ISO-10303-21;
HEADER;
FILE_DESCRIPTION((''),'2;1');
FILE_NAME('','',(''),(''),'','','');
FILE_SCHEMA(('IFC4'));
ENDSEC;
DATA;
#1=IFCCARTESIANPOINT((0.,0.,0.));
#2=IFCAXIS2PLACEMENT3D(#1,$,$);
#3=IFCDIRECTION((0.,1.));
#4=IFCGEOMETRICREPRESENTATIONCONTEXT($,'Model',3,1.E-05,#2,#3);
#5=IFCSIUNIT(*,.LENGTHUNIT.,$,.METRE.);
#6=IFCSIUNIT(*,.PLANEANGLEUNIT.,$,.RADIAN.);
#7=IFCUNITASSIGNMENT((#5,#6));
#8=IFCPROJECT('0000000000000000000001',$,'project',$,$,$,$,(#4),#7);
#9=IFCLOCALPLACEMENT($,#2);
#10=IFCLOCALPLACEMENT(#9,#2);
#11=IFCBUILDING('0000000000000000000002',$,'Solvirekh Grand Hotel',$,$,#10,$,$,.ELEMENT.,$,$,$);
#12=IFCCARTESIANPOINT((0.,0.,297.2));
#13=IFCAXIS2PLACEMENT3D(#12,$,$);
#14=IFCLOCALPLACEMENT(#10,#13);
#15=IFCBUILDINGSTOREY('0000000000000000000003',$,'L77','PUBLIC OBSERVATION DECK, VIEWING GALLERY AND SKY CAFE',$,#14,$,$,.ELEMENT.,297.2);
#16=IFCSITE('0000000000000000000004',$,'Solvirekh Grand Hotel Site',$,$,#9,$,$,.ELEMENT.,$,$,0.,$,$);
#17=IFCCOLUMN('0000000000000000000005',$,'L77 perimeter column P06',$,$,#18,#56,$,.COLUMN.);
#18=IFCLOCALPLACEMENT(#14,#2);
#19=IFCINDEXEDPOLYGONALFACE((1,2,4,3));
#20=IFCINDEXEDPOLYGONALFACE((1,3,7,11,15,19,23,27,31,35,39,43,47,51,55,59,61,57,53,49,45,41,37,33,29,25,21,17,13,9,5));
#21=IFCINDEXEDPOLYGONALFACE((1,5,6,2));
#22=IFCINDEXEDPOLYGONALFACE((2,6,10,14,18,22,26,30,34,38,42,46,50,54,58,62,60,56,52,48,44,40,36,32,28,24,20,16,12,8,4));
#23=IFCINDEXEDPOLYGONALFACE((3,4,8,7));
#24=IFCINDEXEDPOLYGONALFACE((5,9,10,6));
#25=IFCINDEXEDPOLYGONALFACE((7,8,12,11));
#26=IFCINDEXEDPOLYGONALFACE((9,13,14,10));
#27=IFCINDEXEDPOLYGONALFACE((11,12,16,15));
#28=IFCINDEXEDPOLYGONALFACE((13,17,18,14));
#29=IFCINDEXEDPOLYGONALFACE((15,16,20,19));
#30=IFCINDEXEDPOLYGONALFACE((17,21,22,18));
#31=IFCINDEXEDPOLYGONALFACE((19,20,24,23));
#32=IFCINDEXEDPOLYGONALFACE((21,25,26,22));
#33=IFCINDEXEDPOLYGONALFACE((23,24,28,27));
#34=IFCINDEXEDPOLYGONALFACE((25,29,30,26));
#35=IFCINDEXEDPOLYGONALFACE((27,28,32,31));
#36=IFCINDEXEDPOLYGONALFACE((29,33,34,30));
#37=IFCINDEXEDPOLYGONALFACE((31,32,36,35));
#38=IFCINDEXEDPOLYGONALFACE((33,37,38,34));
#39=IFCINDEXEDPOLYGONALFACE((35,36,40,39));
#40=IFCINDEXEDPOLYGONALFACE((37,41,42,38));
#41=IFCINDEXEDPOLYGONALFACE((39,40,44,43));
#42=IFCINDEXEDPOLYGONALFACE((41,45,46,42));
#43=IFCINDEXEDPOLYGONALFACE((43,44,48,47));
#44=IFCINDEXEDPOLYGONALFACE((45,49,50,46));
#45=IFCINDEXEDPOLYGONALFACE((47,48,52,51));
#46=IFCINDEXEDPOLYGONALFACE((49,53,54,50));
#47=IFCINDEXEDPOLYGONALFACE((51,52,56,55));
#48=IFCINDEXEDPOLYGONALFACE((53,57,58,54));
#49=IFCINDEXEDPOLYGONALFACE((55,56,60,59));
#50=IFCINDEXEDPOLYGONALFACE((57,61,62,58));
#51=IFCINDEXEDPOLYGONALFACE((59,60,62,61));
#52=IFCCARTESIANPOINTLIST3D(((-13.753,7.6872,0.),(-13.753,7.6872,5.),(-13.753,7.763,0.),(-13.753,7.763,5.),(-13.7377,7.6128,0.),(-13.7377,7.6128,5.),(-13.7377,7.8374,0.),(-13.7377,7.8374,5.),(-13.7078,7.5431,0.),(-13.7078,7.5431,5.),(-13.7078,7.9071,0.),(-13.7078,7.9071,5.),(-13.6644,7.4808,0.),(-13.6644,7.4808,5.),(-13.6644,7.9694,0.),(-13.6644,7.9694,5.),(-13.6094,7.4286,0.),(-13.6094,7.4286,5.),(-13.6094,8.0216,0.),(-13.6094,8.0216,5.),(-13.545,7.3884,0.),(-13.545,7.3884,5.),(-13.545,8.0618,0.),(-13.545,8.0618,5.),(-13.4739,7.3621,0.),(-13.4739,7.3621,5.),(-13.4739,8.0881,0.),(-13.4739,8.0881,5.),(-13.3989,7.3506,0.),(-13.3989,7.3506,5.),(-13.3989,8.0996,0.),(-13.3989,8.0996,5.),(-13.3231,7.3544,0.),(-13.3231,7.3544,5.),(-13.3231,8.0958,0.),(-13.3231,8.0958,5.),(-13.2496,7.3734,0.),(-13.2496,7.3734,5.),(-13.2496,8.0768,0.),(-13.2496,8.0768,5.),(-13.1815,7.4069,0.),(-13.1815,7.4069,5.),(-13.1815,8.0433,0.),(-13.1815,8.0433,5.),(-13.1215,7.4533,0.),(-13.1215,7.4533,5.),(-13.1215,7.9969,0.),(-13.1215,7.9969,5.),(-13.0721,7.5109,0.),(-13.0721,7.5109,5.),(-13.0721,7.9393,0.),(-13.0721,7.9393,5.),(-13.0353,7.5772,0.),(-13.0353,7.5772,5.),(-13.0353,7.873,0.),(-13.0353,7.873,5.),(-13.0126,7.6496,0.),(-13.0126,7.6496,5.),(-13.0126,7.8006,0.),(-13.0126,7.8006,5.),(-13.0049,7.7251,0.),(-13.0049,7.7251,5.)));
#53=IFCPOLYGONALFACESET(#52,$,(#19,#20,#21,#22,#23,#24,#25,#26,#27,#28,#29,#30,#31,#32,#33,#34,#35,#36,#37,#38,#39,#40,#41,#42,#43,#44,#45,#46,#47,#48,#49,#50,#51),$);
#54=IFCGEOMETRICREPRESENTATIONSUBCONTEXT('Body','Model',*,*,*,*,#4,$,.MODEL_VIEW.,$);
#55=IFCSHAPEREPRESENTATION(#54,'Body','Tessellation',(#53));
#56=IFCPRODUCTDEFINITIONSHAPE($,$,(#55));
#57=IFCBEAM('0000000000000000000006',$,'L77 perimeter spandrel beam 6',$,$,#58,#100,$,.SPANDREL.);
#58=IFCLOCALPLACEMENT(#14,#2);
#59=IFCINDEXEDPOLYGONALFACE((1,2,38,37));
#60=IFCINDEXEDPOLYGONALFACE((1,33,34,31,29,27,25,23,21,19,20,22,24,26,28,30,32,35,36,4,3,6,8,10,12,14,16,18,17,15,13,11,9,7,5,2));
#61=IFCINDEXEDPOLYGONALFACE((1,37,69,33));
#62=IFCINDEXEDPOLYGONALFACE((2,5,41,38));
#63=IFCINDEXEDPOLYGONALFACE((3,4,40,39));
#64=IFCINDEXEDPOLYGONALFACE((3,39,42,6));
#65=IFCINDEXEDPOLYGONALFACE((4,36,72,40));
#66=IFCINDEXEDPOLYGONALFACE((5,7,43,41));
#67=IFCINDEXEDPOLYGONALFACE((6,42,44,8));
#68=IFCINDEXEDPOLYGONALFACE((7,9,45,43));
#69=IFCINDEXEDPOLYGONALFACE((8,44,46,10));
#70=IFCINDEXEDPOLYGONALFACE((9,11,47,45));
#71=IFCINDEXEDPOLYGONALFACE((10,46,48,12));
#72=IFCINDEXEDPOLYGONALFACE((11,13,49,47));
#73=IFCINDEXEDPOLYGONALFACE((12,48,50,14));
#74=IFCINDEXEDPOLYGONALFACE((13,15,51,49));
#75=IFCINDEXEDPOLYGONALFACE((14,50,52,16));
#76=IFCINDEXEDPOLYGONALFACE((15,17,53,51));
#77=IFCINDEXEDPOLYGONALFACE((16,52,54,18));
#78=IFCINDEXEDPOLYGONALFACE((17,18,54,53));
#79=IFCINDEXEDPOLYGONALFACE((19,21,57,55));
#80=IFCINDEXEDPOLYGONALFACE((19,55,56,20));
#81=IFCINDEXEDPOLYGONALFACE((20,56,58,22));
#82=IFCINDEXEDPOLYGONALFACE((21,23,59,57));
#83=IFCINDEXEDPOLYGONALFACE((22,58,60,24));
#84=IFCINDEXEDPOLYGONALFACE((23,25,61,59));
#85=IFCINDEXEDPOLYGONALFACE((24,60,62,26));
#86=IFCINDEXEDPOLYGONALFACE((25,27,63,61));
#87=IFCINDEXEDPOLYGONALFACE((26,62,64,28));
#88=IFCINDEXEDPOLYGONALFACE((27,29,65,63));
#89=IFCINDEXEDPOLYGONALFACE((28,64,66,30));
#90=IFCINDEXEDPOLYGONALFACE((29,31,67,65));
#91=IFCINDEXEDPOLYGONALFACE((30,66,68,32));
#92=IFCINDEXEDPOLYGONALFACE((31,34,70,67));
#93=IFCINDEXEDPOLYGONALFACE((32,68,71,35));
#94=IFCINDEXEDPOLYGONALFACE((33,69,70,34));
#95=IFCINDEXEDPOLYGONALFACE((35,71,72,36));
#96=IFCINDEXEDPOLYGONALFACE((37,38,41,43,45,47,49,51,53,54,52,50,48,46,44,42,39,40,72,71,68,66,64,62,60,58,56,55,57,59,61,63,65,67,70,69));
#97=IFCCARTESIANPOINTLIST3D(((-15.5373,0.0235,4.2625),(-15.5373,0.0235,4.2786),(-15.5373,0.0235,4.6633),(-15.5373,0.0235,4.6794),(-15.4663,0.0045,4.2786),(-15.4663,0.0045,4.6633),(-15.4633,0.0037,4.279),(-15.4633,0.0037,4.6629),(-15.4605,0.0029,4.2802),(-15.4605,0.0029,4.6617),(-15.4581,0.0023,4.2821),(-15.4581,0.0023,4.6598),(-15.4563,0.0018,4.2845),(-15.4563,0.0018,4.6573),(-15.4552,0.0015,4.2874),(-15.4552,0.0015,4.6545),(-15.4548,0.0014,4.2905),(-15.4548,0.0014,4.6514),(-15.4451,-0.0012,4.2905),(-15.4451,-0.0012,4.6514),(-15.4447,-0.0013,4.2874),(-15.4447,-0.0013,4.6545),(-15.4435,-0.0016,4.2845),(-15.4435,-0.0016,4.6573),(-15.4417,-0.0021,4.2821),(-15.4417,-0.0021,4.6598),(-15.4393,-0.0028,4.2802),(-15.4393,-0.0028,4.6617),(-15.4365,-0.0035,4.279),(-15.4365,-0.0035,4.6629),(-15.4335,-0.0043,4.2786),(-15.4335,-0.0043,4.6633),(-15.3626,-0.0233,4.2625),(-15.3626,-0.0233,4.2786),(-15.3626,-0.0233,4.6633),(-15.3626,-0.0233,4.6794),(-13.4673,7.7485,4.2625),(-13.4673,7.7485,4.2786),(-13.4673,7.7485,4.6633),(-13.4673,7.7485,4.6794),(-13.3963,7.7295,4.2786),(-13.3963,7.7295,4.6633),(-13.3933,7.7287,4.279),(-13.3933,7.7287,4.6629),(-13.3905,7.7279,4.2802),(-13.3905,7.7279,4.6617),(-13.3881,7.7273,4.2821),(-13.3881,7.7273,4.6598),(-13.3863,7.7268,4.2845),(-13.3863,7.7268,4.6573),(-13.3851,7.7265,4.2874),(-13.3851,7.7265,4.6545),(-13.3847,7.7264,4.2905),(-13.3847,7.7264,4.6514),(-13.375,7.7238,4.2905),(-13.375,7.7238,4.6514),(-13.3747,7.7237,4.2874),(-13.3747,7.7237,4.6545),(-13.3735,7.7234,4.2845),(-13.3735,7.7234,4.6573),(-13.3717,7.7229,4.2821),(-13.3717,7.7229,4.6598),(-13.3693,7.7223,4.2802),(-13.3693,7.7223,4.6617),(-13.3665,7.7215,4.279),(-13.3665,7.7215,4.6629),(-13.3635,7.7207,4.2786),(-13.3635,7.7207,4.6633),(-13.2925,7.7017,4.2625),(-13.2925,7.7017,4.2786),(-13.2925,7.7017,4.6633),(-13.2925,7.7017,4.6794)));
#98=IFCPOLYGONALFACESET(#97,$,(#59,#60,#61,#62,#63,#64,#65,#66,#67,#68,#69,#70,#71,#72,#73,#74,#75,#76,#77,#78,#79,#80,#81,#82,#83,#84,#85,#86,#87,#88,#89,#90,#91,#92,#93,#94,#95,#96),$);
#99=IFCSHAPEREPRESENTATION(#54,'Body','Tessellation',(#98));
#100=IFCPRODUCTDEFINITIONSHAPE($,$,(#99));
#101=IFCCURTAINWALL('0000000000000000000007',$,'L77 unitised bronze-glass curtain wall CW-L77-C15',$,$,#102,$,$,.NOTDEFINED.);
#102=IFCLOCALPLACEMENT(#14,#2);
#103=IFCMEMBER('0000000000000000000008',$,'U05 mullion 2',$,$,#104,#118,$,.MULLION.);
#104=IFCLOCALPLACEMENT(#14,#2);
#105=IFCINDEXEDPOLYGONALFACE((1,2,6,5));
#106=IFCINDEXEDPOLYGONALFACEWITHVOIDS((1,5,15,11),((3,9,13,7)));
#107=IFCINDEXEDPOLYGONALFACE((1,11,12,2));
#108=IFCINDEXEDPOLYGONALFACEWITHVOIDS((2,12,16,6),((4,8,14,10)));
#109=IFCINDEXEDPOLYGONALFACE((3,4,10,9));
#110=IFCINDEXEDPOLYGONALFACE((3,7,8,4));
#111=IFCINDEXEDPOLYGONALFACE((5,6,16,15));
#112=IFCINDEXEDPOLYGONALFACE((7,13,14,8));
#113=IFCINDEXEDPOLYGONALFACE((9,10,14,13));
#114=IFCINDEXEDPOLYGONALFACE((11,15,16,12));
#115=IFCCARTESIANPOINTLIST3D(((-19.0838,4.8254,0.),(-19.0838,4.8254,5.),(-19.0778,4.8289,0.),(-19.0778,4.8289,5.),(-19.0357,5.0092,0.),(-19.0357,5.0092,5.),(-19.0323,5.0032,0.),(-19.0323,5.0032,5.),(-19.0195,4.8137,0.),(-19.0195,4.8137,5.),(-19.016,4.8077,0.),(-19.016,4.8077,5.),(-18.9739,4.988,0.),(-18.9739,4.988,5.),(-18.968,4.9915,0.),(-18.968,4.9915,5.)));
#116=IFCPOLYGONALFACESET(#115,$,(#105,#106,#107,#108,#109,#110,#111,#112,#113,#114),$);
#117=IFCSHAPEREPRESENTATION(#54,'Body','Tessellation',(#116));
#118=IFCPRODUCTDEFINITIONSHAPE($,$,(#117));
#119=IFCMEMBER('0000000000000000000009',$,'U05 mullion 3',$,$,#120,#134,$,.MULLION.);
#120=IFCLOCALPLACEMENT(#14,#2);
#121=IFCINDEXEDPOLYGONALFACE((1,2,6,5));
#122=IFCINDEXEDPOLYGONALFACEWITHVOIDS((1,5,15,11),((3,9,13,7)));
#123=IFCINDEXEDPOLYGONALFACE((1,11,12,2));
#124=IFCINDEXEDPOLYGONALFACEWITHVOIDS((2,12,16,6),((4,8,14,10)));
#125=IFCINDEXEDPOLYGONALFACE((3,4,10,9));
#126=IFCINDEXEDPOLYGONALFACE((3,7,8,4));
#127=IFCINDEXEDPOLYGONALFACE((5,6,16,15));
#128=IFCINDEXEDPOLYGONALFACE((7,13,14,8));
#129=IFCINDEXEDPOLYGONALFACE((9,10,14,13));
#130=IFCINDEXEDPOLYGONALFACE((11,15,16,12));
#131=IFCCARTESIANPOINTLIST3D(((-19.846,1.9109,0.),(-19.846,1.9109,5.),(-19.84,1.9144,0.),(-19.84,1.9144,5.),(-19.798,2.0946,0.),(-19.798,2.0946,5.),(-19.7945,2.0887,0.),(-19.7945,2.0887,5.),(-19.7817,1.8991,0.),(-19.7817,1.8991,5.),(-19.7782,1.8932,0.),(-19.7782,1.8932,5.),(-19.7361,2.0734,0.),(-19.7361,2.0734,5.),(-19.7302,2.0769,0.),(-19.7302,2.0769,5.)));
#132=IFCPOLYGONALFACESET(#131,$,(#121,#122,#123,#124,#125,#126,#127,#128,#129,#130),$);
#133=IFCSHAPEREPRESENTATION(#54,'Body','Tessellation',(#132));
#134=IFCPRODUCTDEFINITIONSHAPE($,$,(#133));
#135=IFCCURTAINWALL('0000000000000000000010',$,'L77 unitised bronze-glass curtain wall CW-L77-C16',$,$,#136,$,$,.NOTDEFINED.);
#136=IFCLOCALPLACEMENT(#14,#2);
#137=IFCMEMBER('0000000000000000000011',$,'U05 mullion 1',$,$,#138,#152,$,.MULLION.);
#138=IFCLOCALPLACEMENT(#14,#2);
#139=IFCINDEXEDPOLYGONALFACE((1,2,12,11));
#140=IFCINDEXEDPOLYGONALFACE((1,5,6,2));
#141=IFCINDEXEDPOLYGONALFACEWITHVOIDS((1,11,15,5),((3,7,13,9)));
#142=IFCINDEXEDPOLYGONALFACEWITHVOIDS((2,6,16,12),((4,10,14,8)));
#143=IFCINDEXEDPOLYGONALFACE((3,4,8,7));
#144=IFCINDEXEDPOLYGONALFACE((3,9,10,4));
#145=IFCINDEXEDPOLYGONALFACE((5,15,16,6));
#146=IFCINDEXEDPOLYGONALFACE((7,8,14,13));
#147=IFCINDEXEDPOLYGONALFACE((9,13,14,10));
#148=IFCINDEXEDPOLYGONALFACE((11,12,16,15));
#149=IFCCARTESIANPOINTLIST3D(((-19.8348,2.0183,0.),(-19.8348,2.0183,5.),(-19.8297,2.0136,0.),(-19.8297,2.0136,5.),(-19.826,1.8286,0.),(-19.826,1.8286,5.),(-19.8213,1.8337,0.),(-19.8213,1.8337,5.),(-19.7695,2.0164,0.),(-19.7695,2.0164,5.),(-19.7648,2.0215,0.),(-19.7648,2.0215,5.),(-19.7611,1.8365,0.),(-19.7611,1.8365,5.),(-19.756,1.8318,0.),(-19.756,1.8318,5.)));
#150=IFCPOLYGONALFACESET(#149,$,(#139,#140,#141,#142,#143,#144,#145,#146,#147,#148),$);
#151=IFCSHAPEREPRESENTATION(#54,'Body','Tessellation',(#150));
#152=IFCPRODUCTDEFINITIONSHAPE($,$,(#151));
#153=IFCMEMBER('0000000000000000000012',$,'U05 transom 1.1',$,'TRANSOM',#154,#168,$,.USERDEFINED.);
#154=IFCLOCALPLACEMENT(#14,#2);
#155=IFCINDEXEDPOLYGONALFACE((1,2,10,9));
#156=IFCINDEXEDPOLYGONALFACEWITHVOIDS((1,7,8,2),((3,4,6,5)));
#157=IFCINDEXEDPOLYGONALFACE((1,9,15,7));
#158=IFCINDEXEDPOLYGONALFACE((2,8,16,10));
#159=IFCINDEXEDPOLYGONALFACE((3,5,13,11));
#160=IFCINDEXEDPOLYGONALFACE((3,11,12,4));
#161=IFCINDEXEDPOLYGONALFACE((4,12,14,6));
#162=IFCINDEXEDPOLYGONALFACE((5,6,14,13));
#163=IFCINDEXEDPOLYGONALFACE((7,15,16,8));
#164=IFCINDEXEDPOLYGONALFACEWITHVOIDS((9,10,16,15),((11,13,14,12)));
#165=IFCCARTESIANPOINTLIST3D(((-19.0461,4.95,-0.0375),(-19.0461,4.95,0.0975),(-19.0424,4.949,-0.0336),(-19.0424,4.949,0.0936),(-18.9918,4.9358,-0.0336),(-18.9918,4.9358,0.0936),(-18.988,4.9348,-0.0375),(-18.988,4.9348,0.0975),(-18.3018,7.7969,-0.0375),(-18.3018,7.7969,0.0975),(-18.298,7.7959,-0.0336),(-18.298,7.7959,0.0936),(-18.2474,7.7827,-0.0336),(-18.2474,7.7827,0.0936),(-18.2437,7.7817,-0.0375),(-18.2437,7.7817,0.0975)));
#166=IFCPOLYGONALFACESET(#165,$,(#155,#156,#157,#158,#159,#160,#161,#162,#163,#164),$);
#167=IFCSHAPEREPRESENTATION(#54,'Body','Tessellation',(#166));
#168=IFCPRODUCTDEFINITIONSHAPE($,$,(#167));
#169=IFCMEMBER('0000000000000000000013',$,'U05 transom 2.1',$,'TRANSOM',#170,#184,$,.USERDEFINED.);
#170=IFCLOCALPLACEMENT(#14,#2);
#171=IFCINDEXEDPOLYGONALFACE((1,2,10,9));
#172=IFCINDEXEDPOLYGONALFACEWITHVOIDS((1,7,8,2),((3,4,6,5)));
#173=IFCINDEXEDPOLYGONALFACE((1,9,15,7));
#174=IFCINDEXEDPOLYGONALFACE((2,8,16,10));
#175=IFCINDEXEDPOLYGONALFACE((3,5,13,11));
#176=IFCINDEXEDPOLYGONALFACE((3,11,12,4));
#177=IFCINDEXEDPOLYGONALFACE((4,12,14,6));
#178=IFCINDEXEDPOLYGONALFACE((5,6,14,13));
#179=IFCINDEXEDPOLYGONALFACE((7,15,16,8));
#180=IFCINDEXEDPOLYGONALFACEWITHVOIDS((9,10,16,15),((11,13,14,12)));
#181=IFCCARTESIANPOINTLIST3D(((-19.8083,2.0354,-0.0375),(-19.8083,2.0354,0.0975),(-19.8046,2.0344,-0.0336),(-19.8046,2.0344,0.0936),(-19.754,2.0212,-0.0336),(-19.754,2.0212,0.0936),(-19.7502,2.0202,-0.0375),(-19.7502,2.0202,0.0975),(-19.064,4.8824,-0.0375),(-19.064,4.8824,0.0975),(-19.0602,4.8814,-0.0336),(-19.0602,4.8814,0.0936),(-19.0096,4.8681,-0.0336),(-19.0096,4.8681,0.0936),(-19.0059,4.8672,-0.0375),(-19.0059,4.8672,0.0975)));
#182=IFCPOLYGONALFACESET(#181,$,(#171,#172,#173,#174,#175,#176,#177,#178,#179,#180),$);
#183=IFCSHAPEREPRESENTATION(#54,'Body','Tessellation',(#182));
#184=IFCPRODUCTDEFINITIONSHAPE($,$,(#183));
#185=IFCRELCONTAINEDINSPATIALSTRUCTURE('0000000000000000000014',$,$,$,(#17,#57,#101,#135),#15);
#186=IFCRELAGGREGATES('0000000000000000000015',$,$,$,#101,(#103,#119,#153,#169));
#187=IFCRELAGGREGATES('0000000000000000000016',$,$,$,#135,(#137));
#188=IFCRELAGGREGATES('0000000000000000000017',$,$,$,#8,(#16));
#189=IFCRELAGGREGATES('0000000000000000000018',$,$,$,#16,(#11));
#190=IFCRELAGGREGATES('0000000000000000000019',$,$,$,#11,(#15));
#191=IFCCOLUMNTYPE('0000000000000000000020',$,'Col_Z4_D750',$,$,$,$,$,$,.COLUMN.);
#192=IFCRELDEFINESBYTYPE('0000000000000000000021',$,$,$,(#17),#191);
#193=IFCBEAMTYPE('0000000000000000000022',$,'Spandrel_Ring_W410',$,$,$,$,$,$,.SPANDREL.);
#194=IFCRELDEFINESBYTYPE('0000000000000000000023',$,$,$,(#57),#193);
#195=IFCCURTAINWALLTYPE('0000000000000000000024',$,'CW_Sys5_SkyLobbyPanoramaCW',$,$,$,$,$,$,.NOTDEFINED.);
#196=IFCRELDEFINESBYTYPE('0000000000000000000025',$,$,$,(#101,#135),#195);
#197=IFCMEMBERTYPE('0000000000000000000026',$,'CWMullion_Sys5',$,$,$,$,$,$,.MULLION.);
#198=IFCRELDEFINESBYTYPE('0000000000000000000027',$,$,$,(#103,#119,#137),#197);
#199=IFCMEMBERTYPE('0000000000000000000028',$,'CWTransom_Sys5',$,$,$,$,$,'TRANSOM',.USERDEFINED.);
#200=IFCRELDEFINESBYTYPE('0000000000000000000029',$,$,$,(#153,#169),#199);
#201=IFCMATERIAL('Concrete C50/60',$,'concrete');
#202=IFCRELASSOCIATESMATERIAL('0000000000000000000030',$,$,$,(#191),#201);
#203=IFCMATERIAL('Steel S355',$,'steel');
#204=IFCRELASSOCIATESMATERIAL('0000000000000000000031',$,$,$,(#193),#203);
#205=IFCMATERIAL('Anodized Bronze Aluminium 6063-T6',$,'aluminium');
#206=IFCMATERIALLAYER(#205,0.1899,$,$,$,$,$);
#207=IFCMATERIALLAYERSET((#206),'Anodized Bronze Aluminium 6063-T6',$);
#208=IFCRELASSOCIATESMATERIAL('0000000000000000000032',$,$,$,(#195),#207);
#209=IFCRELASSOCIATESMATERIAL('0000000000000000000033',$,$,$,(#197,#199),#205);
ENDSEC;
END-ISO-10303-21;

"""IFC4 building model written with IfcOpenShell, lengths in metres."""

from ifc_helpers import new_model, si_unit, direction, frame, origin, origin_2d, place, context, subcontext, project, spatial, hollow_rectangle, circle, i_section, extrude, source, transform, mapped, material, layer, layer_set, material_profile, profile_set, type_object, element, aggregate, save


model = new_model("IFC4")

# Units and contexts
model_context = context("Model", 3, precision=1e-05, world=origin(), true_north=direction((0.0, 1.0)))
body_context = subcontext(model_context, "Body", "Model", "MODEL_VIEW")
ifc_project = project(units=[si_unit("LENGTHUNIT", "METRE"), si_unit("PLANEANGLEUNIT", "RADIAN")], contexts=[model_context])

# Site, building, storey
site_placement = place(None, origin())
site = spatial("IfcSite", under=ifc_project, at=site_placement, Name="Solvirekh Grand Hotel Site", CompositionType="ELEMENT", RefElevation=0.0)
building_placement = place(site_placement, origin())
building = spatial("IfcBuilding", under=site, at=building_placement, Name="Solvirekh Grand Hotel", CompositionType="ELEMENT")
storey_placement = place(building_placement, frame((0.0, 0.0, 297.2)))
storey = spatial("IfcBuildingStorey", under=building, at=storey_placement, Name="L77", Description="PUBLIC OBSERVATION DECK, VIEWING GALLERY AND SKY CAFE", CompositionType="ELEMENT", Elevation=297.2)

# Column
ifc_material_1 = material(Name="Concrete C50/60", Category="concrete")
ifc_material_profile_1 = material_profile(ifc_material_1, circle(Radius=0.375, at=origin_2d()), Name="RC CIRC D750")
ifc_profile_set_1 = profile_set([ifc_material_profile_1], Name="Concrete C50/60")
column_type = type_object("IfcColumnType", Name="Col_Z4_D750", PredefinedType="COLUMN", material=ifc_profile_set_1)
column_placement = place(storey_placement, frame((-13.3799, 7.7251, 0.0), z_axis=(0.0, 0.0, 1.0), x_axis=(1.0, 0.0, 0.0)))
element("IfcColumn", 1, at=column_placement, inside=storey, type_object=column_type, Name="L77 perimeter column P06", PredefinedType="COLUMN", context=body_context, shape_type="SweptSolid", body=[
    extrude(circle(Radius=0.375, at=origin_2d()), origin(), (0.0, 0.0, 1.0), 5.0),
])

# Beam
ifc_material_2 = material(Name="Steel S355", Category="steel")
ifc_material_profile_2 = material_profile(ifc_material_2, i_section(OverallWidth=0.1809, OverallDepth=0.417, WebThickness=0.01, FlangeThickness=0.0161, FilletRadius=0.012, at=origin_2d()), Name="W410X85")
ifc_profile_set_2 = profile_set([ifc_material_profile_2], Name="Steel S355")
beam_type = type_object("IfcBeamType", Name="Spandrel_Ring_W410", PredefinedType="SPANDREL", material=ifc_profile_set_2)
beam_placement = place(storey_placement, frame((-13.3799, 7.7251, 4.4709), z_axis=(-0.258835, -0.965922, 0.0), x_axis=(0.965922, -0.258835, 0.0)))
element("IfcBeam", 2, at=beam_placement, inside=storey, type_object=beam_type, Name="L77 perimeter spandrel beam 6", PredefinedType="SPANDREL", context=body_context, shape_type="SweptSolid", body=[
    extrude(i_section(OverallWidth=0.1809, OverallDepth=0.417, WebThickness=0.01, FlangeThickness=0.0161, FilletRadius=0.012, at=origin_2d()), origin(), (0.0, 0.0, 1.0), 7.9976),
])

# Curtain wall, members
ifc_material_3 = material(Name="Anodized Bronze Aluminium 6063-T6", Category="aluminium")
ifc_layer_1 = layer(ifc_material_3, 0.1899)
ifc_layer_set_1 = layer_set([ifc_layer_1], Name="Anodized Bronze Aluminium 6063-T6")
curtain_wall_type = type_object("IfcCurtainWallType", Name="CW_Sys5_SkyLobbyPanoramaCW", PredefinedType="NOTDEFINED", material=ifc_layer_set_1)
curtain_wall_1_placement = place(storey_placement, origin())
curtain_wall_1 = element("IfcCurtainWall", 3, at=curtain_wall_1_placement, inside=storey, type_object=curtain_wall_type, Name="L77 unitised bronze-glass curtain wall CW-L77-C15", PredefinedType="NOTDEFINED")
ifc_material_profile_3 = material_profile(ifc_material_3, hollow_rectangle(XDim=0.0701, YDim=0.1899, WallThickness=0.0049, at=origin_2d()), Name="ALU RHS 190X70X5")
ifc_profile_set_3 = profile_set([ifc_material_profile_3], Name="Anodized Bronze Aluminium 6063-T6")
member_type_1 = type_object("IfcMemberType", Name="CWMullion_Sys5", PredefinedType="MULLION", material=ifc_profile_set_3)
shared_shape_1 = source(origin(), body_context, "Body", "SweptSolid", [
    extrude(hollow_rectangle(XDim=0.0701, YDim=0.1899, WallThickness=0.0049, at=origin_2d()), origin(), (0.0, 0.0, 1.0), 5.0),
])
member_1_placement = place(storey_placement, frame((-19.0259, 4.9084, 0.0), z_axis=(0.0, 0.0, 1.0), x_axis=(0.967471, -0.252983, 0.0)))
member_1 = element("IfcMember", 4, at=member_1_placement, type_object=member_type_1, Name="U05 mullion 2", PredefinedType="MULLION", context=body_context, shape_type="MappedRepresentation", body=[
    mapped(shared_shape_1, transform((0.0, 0.0, 0.0), x_axis=(1.0, 0.0, 0.0), y_axis=(0.0, 1.0, 0.0), z_axis=(0.0, 0.0, 1.0), scale=1.0)),
])
member_2_placement = place(storey_placement, frame((-19.7881, 1.9939, 0.0), z_axis=(0.0, 0.0, 1.0), x_axis=(0.967471, -0.252983, 0.0)))
member_2 = element("IfcMember", 5, at=member_2_placement, type_object=member_type_1, Name="U05 mullion 3", PredefinedType="MULLION", context=body_context, shape_type="MappedRepresentation", body=[
    mapped(shared_shape_1, transform((0.0, 0.0, 0.0), x_axis=(1.0, 0.0, 0.0), y_axis=(0.0, 1.0, 0.0), z_axis=(0.0, 0.0, 1.0), scale=1.0)),
])

# Curtain wall, member
curtain_wall_2_placement = place(storey_placement, origin())
curtain_wall_2 = element("IfcCurtainWall", 6, at=curtain_wall_2_placement, inside=storey, type_object=curtain_wall_type, Name="L77 unitised bronze-glass curtain wall CW-L77-C16", PredefinedType="NOTDEFINED")
member_3_placement = place(storey_placement, frame((-19.7954, 1.925, 0.0), z_axis=(0.0, 0.0, 1.0), x_axis=(0.998922, 0.046427, 0.0)))
member_3 = element("IfcMember", 7, at=member_3_placement, type_object=member_type_1, Name="U05 mullion 1", PredefinedType="MULLION", context=body_context, shape_type="MappedRepresentation", body=[
    mapped(shared_shape_1, transform((0.0, 0.0, 0.0), x_axis=(1.0, 0.0, 0.0), y_axis=(0.0, 1.0, 0.0), z_axis=(0.0, 0.0, 1.0), scale=1.0)),
])

# Members
ifc_material_profile_4 = material_profile(ifc_material_3, hollow_rectangle(XDim=0.0601, YDim=0.135, WallThickness=0.0039, at=origin_2d()), Name="ALU RHS 135X60X4")
ifc_profile_set_4 = profile_set([ifc_material_profile_4], Name="Anodized Bronze Aluminium 6063-T6")
member_type_2 = type_object("IfcMemberType", Name="CWTransom_Sys5", ElementType="TRANSOM", PredefinedType="USERDEFINED", material=ifc_profile_set_4)
shared_shape_2 = source(origin(), body_context, "Body", "SweptSolid", [
    extrude(hollow_rectangle(XDim=0.0601, YDim=0.135, WallThickness=0.0039, at=origin_2d()), origin(), (0.0, 0.0, 1.0), 2.9426),
])
member_4_placement = place(storey_placement, frame((-18.2727, 7.7893, 0.03), z_axis=(-0.252966, -0.967475, 0.0), x_axis=(0.967475, -0.252966, 0.0)))
member_4 = element("IfcMember", 8, at=member_4_placement, type_object=member_type_2, Name="U05 transom 1.1", ObjectType="TRANSOM", PredefinedType="USERDEFINED", context=body_context, shape_type="MappedRepresentation", body=[
    mapped(shared_shape_2, transform((0.0, 0.0, 0.0), x_axis=(1.0, 0.0, 0.0), y_axis=(0.0, 1.0, 0.0), z_axis=(0.0, 0.0, 1.0), scale=1.0)),
])
member_5_placement = place(storey_placement, frame((-19.0349, 4.8748, 0.03), z_axis=(-0.252966, -0.967475, 0.0), x_axis=(0.967475, -0.252966, 0.0)))
member_5 = element("IfcMember", 9, at=member_5_placement, type_object=member_type_2, Name="U05 transom 2.1", ObjectType="TRANSOM", PredefinedType="USERDEFINED", context=body_context, shape_type="MappedRepresentation", body=[
    mapped(shared_shape_2, transform((0.0, 0.0, 0.0), x_axis=(1.0, 0.0, 0.0), y_axis=(0.0, 1.0, 0.0), z_axis=(0.0, 0.0, 1.0), scale=1.0)),
])

aggregate(curtain_wall_1, [member_1, member_2, member_4, member_5])
aggregate(curtain_wall_2, [member_3])

save(model, "model.ifc")
